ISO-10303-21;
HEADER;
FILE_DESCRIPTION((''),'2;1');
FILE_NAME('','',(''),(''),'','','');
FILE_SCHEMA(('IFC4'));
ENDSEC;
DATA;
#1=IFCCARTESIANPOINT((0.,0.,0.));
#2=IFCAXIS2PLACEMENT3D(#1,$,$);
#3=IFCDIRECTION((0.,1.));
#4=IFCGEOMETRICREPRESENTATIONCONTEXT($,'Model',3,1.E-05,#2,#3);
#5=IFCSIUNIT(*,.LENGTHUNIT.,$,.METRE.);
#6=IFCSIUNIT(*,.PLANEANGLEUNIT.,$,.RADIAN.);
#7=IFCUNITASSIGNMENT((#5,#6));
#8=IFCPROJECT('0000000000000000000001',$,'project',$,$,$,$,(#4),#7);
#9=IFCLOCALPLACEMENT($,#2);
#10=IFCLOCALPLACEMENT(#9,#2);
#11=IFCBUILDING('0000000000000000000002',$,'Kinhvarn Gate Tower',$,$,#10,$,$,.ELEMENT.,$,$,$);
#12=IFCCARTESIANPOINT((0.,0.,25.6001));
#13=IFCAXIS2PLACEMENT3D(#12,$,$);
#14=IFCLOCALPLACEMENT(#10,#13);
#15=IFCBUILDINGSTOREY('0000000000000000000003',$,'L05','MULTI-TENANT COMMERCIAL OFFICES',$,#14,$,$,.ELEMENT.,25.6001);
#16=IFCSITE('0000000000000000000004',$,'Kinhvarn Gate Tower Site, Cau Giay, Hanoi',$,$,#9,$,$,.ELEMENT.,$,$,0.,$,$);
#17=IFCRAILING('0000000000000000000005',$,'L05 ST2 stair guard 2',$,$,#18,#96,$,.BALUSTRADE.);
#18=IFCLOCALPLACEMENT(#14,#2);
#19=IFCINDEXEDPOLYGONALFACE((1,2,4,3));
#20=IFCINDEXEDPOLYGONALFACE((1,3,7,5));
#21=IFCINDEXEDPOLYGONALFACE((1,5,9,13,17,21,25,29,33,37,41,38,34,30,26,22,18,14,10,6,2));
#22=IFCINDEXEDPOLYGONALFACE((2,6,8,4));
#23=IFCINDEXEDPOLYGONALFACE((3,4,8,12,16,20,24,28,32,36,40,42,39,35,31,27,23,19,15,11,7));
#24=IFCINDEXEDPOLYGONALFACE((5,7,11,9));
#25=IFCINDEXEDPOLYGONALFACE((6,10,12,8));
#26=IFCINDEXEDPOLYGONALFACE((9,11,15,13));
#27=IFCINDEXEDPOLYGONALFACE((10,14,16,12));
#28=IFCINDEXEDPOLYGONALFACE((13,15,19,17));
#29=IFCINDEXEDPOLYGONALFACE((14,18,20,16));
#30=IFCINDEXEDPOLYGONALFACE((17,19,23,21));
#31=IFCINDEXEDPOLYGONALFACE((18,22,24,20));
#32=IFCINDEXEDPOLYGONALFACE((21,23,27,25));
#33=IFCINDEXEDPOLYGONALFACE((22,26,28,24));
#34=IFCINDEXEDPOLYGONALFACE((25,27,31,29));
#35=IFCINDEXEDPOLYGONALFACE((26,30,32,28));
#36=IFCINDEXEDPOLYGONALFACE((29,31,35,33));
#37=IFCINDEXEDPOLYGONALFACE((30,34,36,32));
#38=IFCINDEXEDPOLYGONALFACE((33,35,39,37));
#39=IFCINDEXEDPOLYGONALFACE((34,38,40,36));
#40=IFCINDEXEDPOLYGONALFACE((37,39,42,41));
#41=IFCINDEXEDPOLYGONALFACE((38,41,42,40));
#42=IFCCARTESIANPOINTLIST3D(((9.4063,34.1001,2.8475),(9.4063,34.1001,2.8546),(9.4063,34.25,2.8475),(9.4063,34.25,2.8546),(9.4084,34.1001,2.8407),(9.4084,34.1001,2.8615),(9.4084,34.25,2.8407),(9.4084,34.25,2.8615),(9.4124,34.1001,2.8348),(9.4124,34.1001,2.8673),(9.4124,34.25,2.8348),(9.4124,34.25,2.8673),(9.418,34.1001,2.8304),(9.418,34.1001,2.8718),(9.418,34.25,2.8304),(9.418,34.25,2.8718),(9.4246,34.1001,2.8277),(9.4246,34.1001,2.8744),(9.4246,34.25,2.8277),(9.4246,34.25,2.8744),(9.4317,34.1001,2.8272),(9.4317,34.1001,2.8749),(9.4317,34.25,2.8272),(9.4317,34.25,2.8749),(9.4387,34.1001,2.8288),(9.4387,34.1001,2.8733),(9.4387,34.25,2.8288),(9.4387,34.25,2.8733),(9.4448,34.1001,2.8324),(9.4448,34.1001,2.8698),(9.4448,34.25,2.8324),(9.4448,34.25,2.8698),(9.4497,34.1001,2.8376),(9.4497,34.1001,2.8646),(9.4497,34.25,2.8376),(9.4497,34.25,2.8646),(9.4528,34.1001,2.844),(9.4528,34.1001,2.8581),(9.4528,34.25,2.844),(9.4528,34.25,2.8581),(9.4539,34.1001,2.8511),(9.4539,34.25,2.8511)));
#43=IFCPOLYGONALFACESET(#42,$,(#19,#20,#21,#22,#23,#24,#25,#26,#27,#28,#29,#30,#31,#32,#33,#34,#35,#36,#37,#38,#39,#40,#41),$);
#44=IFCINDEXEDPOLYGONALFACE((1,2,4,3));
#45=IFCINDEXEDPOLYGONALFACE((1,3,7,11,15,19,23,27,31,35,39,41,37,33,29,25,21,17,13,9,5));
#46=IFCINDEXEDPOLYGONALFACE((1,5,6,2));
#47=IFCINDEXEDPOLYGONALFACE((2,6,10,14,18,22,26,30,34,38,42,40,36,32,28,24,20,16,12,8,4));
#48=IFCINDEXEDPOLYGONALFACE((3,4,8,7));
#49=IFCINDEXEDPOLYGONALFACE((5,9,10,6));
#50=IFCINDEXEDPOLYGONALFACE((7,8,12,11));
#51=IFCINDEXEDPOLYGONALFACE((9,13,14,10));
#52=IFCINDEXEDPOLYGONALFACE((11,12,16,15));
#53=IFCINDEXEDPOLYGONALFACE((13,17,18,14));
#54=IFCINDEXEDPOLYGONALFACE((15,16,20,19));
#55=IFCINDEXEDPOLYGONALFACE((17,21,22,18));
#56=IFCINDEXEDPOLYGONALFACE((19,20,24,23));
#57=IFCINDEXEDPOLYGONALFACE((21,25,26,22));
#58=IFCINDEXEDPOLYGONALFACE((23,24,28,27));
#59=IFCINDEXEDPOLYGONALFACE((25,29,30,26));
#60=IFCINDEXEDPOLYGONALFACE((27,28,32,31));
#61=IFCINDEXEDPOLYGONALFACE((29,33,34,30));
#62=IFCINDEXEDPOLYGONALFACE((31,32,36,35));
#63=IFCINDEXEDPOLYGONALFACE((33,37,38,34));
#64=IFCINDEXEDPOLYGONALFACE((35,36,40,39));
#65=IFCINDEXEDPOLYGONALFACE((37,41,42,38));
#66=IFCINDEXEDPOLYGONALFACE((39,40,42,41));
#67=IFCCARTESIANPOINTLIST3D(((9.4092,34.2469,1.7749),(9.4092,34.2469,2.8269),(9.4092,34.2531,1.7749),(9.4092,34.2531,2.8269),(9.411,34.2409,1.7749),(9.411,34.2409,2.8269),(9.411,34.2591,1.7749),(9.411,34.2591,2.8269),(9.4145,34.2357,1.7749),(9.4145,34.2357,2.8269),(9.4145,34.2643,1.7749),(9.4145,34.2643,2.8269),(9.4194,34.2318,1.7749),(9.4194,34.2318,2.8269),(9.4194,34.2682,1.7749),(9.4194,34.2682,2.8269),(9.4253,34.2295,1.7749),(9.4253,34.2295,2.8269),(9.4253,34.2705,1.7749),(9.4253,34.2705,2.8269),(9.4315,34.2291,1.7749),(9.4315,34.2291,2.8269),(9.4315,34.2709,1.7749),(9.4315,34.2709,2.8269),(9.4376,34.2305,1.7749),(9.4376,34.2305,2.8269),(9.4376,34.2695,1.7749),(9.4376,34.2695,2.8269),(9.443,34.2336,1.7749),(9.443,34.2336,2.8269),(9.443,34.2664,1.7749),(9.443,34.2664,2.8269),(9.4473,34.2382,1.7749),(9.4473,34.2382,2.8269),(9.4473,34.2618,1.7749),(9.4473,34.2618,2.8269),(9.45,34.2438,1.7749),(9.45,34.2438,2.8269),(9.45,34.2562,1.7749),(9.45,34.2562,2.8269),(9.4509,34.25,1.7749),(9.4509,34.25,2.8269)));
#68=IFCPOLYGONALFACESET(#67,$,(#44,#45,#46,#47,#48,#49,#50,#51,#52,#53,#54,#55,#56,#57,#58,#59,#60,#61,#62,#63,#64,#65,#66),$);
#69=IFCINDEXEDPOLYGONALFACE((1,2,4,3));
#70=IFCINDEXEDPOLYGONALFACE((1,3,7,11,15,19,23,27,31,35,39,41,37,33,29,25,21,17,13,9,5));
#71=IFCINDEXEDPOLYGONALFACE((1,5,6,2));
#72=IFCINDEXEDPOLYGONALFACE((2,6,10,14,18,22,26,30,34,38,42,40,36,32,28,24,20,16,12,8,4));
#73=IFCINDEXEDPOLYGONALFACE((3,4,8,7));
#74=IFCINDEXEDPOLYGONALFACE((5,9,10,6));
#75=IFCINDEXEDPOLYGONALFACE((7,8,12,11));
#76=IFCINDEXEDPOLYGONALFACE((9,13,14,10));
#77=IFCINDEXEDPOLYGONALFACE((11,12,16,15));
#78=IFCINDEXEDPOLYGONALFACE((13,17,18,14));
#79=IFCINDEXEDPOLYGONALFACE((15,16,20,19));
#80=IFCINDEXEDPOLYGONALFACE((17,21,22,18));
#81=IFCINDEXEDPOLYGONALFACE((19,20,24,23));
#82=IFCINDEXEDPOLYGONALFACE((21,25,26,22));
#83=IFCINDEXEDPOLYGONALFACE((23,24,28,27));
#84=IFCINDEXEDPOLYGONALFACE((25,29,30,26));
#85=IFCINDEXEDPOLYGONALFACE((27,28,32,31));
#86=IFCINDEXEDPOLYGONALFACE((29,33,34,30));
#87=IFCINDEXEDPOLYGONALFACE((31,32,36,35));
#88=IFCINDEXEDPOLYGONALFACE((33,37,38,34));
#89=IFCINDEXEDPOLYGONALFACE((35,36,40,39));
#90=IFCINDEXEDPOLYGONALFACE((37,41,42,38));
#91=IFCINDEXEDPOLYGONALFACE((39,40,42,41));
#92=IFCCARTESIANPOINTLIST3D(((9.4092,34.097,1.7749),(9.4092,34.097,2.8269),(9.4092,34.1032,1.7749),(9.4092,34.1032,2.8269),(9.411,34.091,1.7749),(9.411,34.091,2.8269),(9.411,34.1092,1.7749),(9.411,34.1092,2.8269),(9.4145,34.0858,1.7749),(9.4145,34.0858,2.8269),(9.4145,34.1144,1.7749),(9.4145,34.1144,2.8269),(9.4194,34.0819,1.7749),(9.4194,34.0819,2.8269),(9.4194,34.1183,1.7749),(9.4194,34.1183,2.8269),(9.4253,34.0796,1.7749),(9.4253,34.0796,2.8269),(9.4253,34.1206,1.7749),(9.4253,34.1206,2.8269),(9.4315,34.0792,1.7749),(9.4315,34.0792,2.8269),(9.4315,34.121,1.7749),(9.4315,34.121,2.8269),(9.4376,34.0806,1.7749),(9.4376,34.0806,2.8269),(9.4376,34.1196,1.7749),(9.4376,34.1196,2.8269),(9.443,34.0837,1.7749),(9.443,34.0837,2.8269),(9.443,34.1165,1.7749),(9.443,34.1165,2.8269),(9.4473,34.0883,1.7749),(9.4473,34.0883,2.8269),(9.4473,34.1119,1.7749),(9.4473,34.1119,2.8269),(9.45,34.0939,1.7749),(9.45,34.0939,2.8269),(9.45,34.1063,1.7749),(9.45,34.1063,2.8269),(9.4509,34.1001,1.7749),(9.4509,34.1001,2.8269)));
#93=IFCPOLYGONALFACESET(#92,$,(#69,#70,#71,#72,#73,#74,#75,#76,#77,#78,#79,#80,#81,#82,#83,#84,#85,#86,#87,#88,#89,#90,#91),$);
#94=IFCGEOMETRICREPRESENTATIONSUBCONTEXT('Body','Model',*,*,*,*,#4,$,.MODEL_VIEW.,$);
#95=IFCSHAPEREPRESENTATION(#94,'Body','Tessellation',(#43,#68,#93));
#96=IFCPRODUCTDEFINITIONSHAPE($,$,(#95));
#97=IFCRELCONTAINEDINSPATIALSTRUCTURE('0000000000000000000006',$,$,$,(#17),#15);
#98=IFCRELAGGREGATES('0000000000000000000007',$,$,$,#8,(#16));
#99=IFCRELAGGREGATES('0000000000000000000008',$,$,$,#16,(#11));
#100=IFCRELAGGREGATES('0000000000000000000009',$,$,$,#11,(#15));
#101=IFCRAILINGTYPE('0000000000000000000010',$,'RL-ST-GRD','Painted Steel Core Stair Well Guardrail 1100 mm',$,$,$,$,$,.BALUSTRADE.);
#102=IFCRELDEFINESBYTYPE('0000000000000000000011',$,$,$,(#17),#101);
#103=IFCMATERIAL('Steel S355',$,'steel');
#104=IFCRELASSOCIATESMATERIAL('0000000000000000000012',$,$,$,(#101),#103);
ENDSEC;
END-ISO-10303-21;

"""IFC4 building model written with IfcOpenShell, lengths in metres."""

from ifc_helpers import new_model, si_unit, direction, frame, origin, origin_2d, place, context, subcontext, project, spatial, circle, extrude, material, type_object, element, save


model = new_model("IFC4")

# Units and contexts
model_context = context("Model", 3, precision=1e-05, world=origin(), true_north=direction((0.0, 1.0)))
body_context = subcontext(model_context, "Body", "Model", "MODEL_VIEW")
ifc_project = project(units=[si_unit("LENGTHUNIT", "METRE"), si_unit("PLANEANGLEUNIT", "RADIAN")], contexts=[model_context])

# Site, building, storey
site_placement = place(None, origin())
site = spatial("IfcSite", under=ifc_project, at=site_placement, Name="Kinhvarn Gate Tower Site, Cau Giay, Hanoi", CompositionType="ELEMENT", RefElevation=0.0)
building_placement = place(site_placement, origin())
building = spatial("IfcBuilding", under=site, at=building_placement, Name="Kinhvarn Gate Tower", CompositionType="ELEMENT")
storey_placement = place(building_placement, frame((0.0, 0.0, 25.6001)))
storey = spatial("IfcBuildingStorey", under=building, at=storey_placement, Name="L05", Description="MULTI-TENANT COMMERCIAL OFFICES", CompositionType="ELEMENT", Elevation=25.6001)

# Shared definitions
ifc_material_1 = material(Name="Steel S355", Category="steel")

# Railing
railing_type_1 = type_object("IfcRailingType", Name="RL-ST-GRD", Description="Painted Steel Core Stair Well Guardrail 1100 mm", PredefinedType="BALUSTRADE", material=ifc_material_1)
railing_1_placement = place(storey_placement, frame((9.4299, 34.25, 1.7749)))
element("IfcRailing", 1, at=railing_1_placement, inside=storey, type_object=railing_type_1, Name="L05 ST2 stair guard 2", PredefinedType="BALUSTRADE", context=body_context, shape_type="SweptSolid", body=[
    extrude(circle(Radius=0.0239, at=origin_2d()), frame((0.0, 0.0, 1.0762), z_axis=(0.0, -1.0, 0.0), x_axis=(1.0, 0.0, 0.0)), (0.0, 0.0, 1.0), 0.1499),
    extrude(circle(Radius=0.021, at=origin_2d()), origin(), (0.0, 0.0, 1.0), 1.052),
    extrude(circle(Radius=0.021, at=origin_2d()), frame((0.0, -0.1499, 0.0)), (0.0, 0.0, 1.0), 1.052),
])

save(model, "model.ifc")
